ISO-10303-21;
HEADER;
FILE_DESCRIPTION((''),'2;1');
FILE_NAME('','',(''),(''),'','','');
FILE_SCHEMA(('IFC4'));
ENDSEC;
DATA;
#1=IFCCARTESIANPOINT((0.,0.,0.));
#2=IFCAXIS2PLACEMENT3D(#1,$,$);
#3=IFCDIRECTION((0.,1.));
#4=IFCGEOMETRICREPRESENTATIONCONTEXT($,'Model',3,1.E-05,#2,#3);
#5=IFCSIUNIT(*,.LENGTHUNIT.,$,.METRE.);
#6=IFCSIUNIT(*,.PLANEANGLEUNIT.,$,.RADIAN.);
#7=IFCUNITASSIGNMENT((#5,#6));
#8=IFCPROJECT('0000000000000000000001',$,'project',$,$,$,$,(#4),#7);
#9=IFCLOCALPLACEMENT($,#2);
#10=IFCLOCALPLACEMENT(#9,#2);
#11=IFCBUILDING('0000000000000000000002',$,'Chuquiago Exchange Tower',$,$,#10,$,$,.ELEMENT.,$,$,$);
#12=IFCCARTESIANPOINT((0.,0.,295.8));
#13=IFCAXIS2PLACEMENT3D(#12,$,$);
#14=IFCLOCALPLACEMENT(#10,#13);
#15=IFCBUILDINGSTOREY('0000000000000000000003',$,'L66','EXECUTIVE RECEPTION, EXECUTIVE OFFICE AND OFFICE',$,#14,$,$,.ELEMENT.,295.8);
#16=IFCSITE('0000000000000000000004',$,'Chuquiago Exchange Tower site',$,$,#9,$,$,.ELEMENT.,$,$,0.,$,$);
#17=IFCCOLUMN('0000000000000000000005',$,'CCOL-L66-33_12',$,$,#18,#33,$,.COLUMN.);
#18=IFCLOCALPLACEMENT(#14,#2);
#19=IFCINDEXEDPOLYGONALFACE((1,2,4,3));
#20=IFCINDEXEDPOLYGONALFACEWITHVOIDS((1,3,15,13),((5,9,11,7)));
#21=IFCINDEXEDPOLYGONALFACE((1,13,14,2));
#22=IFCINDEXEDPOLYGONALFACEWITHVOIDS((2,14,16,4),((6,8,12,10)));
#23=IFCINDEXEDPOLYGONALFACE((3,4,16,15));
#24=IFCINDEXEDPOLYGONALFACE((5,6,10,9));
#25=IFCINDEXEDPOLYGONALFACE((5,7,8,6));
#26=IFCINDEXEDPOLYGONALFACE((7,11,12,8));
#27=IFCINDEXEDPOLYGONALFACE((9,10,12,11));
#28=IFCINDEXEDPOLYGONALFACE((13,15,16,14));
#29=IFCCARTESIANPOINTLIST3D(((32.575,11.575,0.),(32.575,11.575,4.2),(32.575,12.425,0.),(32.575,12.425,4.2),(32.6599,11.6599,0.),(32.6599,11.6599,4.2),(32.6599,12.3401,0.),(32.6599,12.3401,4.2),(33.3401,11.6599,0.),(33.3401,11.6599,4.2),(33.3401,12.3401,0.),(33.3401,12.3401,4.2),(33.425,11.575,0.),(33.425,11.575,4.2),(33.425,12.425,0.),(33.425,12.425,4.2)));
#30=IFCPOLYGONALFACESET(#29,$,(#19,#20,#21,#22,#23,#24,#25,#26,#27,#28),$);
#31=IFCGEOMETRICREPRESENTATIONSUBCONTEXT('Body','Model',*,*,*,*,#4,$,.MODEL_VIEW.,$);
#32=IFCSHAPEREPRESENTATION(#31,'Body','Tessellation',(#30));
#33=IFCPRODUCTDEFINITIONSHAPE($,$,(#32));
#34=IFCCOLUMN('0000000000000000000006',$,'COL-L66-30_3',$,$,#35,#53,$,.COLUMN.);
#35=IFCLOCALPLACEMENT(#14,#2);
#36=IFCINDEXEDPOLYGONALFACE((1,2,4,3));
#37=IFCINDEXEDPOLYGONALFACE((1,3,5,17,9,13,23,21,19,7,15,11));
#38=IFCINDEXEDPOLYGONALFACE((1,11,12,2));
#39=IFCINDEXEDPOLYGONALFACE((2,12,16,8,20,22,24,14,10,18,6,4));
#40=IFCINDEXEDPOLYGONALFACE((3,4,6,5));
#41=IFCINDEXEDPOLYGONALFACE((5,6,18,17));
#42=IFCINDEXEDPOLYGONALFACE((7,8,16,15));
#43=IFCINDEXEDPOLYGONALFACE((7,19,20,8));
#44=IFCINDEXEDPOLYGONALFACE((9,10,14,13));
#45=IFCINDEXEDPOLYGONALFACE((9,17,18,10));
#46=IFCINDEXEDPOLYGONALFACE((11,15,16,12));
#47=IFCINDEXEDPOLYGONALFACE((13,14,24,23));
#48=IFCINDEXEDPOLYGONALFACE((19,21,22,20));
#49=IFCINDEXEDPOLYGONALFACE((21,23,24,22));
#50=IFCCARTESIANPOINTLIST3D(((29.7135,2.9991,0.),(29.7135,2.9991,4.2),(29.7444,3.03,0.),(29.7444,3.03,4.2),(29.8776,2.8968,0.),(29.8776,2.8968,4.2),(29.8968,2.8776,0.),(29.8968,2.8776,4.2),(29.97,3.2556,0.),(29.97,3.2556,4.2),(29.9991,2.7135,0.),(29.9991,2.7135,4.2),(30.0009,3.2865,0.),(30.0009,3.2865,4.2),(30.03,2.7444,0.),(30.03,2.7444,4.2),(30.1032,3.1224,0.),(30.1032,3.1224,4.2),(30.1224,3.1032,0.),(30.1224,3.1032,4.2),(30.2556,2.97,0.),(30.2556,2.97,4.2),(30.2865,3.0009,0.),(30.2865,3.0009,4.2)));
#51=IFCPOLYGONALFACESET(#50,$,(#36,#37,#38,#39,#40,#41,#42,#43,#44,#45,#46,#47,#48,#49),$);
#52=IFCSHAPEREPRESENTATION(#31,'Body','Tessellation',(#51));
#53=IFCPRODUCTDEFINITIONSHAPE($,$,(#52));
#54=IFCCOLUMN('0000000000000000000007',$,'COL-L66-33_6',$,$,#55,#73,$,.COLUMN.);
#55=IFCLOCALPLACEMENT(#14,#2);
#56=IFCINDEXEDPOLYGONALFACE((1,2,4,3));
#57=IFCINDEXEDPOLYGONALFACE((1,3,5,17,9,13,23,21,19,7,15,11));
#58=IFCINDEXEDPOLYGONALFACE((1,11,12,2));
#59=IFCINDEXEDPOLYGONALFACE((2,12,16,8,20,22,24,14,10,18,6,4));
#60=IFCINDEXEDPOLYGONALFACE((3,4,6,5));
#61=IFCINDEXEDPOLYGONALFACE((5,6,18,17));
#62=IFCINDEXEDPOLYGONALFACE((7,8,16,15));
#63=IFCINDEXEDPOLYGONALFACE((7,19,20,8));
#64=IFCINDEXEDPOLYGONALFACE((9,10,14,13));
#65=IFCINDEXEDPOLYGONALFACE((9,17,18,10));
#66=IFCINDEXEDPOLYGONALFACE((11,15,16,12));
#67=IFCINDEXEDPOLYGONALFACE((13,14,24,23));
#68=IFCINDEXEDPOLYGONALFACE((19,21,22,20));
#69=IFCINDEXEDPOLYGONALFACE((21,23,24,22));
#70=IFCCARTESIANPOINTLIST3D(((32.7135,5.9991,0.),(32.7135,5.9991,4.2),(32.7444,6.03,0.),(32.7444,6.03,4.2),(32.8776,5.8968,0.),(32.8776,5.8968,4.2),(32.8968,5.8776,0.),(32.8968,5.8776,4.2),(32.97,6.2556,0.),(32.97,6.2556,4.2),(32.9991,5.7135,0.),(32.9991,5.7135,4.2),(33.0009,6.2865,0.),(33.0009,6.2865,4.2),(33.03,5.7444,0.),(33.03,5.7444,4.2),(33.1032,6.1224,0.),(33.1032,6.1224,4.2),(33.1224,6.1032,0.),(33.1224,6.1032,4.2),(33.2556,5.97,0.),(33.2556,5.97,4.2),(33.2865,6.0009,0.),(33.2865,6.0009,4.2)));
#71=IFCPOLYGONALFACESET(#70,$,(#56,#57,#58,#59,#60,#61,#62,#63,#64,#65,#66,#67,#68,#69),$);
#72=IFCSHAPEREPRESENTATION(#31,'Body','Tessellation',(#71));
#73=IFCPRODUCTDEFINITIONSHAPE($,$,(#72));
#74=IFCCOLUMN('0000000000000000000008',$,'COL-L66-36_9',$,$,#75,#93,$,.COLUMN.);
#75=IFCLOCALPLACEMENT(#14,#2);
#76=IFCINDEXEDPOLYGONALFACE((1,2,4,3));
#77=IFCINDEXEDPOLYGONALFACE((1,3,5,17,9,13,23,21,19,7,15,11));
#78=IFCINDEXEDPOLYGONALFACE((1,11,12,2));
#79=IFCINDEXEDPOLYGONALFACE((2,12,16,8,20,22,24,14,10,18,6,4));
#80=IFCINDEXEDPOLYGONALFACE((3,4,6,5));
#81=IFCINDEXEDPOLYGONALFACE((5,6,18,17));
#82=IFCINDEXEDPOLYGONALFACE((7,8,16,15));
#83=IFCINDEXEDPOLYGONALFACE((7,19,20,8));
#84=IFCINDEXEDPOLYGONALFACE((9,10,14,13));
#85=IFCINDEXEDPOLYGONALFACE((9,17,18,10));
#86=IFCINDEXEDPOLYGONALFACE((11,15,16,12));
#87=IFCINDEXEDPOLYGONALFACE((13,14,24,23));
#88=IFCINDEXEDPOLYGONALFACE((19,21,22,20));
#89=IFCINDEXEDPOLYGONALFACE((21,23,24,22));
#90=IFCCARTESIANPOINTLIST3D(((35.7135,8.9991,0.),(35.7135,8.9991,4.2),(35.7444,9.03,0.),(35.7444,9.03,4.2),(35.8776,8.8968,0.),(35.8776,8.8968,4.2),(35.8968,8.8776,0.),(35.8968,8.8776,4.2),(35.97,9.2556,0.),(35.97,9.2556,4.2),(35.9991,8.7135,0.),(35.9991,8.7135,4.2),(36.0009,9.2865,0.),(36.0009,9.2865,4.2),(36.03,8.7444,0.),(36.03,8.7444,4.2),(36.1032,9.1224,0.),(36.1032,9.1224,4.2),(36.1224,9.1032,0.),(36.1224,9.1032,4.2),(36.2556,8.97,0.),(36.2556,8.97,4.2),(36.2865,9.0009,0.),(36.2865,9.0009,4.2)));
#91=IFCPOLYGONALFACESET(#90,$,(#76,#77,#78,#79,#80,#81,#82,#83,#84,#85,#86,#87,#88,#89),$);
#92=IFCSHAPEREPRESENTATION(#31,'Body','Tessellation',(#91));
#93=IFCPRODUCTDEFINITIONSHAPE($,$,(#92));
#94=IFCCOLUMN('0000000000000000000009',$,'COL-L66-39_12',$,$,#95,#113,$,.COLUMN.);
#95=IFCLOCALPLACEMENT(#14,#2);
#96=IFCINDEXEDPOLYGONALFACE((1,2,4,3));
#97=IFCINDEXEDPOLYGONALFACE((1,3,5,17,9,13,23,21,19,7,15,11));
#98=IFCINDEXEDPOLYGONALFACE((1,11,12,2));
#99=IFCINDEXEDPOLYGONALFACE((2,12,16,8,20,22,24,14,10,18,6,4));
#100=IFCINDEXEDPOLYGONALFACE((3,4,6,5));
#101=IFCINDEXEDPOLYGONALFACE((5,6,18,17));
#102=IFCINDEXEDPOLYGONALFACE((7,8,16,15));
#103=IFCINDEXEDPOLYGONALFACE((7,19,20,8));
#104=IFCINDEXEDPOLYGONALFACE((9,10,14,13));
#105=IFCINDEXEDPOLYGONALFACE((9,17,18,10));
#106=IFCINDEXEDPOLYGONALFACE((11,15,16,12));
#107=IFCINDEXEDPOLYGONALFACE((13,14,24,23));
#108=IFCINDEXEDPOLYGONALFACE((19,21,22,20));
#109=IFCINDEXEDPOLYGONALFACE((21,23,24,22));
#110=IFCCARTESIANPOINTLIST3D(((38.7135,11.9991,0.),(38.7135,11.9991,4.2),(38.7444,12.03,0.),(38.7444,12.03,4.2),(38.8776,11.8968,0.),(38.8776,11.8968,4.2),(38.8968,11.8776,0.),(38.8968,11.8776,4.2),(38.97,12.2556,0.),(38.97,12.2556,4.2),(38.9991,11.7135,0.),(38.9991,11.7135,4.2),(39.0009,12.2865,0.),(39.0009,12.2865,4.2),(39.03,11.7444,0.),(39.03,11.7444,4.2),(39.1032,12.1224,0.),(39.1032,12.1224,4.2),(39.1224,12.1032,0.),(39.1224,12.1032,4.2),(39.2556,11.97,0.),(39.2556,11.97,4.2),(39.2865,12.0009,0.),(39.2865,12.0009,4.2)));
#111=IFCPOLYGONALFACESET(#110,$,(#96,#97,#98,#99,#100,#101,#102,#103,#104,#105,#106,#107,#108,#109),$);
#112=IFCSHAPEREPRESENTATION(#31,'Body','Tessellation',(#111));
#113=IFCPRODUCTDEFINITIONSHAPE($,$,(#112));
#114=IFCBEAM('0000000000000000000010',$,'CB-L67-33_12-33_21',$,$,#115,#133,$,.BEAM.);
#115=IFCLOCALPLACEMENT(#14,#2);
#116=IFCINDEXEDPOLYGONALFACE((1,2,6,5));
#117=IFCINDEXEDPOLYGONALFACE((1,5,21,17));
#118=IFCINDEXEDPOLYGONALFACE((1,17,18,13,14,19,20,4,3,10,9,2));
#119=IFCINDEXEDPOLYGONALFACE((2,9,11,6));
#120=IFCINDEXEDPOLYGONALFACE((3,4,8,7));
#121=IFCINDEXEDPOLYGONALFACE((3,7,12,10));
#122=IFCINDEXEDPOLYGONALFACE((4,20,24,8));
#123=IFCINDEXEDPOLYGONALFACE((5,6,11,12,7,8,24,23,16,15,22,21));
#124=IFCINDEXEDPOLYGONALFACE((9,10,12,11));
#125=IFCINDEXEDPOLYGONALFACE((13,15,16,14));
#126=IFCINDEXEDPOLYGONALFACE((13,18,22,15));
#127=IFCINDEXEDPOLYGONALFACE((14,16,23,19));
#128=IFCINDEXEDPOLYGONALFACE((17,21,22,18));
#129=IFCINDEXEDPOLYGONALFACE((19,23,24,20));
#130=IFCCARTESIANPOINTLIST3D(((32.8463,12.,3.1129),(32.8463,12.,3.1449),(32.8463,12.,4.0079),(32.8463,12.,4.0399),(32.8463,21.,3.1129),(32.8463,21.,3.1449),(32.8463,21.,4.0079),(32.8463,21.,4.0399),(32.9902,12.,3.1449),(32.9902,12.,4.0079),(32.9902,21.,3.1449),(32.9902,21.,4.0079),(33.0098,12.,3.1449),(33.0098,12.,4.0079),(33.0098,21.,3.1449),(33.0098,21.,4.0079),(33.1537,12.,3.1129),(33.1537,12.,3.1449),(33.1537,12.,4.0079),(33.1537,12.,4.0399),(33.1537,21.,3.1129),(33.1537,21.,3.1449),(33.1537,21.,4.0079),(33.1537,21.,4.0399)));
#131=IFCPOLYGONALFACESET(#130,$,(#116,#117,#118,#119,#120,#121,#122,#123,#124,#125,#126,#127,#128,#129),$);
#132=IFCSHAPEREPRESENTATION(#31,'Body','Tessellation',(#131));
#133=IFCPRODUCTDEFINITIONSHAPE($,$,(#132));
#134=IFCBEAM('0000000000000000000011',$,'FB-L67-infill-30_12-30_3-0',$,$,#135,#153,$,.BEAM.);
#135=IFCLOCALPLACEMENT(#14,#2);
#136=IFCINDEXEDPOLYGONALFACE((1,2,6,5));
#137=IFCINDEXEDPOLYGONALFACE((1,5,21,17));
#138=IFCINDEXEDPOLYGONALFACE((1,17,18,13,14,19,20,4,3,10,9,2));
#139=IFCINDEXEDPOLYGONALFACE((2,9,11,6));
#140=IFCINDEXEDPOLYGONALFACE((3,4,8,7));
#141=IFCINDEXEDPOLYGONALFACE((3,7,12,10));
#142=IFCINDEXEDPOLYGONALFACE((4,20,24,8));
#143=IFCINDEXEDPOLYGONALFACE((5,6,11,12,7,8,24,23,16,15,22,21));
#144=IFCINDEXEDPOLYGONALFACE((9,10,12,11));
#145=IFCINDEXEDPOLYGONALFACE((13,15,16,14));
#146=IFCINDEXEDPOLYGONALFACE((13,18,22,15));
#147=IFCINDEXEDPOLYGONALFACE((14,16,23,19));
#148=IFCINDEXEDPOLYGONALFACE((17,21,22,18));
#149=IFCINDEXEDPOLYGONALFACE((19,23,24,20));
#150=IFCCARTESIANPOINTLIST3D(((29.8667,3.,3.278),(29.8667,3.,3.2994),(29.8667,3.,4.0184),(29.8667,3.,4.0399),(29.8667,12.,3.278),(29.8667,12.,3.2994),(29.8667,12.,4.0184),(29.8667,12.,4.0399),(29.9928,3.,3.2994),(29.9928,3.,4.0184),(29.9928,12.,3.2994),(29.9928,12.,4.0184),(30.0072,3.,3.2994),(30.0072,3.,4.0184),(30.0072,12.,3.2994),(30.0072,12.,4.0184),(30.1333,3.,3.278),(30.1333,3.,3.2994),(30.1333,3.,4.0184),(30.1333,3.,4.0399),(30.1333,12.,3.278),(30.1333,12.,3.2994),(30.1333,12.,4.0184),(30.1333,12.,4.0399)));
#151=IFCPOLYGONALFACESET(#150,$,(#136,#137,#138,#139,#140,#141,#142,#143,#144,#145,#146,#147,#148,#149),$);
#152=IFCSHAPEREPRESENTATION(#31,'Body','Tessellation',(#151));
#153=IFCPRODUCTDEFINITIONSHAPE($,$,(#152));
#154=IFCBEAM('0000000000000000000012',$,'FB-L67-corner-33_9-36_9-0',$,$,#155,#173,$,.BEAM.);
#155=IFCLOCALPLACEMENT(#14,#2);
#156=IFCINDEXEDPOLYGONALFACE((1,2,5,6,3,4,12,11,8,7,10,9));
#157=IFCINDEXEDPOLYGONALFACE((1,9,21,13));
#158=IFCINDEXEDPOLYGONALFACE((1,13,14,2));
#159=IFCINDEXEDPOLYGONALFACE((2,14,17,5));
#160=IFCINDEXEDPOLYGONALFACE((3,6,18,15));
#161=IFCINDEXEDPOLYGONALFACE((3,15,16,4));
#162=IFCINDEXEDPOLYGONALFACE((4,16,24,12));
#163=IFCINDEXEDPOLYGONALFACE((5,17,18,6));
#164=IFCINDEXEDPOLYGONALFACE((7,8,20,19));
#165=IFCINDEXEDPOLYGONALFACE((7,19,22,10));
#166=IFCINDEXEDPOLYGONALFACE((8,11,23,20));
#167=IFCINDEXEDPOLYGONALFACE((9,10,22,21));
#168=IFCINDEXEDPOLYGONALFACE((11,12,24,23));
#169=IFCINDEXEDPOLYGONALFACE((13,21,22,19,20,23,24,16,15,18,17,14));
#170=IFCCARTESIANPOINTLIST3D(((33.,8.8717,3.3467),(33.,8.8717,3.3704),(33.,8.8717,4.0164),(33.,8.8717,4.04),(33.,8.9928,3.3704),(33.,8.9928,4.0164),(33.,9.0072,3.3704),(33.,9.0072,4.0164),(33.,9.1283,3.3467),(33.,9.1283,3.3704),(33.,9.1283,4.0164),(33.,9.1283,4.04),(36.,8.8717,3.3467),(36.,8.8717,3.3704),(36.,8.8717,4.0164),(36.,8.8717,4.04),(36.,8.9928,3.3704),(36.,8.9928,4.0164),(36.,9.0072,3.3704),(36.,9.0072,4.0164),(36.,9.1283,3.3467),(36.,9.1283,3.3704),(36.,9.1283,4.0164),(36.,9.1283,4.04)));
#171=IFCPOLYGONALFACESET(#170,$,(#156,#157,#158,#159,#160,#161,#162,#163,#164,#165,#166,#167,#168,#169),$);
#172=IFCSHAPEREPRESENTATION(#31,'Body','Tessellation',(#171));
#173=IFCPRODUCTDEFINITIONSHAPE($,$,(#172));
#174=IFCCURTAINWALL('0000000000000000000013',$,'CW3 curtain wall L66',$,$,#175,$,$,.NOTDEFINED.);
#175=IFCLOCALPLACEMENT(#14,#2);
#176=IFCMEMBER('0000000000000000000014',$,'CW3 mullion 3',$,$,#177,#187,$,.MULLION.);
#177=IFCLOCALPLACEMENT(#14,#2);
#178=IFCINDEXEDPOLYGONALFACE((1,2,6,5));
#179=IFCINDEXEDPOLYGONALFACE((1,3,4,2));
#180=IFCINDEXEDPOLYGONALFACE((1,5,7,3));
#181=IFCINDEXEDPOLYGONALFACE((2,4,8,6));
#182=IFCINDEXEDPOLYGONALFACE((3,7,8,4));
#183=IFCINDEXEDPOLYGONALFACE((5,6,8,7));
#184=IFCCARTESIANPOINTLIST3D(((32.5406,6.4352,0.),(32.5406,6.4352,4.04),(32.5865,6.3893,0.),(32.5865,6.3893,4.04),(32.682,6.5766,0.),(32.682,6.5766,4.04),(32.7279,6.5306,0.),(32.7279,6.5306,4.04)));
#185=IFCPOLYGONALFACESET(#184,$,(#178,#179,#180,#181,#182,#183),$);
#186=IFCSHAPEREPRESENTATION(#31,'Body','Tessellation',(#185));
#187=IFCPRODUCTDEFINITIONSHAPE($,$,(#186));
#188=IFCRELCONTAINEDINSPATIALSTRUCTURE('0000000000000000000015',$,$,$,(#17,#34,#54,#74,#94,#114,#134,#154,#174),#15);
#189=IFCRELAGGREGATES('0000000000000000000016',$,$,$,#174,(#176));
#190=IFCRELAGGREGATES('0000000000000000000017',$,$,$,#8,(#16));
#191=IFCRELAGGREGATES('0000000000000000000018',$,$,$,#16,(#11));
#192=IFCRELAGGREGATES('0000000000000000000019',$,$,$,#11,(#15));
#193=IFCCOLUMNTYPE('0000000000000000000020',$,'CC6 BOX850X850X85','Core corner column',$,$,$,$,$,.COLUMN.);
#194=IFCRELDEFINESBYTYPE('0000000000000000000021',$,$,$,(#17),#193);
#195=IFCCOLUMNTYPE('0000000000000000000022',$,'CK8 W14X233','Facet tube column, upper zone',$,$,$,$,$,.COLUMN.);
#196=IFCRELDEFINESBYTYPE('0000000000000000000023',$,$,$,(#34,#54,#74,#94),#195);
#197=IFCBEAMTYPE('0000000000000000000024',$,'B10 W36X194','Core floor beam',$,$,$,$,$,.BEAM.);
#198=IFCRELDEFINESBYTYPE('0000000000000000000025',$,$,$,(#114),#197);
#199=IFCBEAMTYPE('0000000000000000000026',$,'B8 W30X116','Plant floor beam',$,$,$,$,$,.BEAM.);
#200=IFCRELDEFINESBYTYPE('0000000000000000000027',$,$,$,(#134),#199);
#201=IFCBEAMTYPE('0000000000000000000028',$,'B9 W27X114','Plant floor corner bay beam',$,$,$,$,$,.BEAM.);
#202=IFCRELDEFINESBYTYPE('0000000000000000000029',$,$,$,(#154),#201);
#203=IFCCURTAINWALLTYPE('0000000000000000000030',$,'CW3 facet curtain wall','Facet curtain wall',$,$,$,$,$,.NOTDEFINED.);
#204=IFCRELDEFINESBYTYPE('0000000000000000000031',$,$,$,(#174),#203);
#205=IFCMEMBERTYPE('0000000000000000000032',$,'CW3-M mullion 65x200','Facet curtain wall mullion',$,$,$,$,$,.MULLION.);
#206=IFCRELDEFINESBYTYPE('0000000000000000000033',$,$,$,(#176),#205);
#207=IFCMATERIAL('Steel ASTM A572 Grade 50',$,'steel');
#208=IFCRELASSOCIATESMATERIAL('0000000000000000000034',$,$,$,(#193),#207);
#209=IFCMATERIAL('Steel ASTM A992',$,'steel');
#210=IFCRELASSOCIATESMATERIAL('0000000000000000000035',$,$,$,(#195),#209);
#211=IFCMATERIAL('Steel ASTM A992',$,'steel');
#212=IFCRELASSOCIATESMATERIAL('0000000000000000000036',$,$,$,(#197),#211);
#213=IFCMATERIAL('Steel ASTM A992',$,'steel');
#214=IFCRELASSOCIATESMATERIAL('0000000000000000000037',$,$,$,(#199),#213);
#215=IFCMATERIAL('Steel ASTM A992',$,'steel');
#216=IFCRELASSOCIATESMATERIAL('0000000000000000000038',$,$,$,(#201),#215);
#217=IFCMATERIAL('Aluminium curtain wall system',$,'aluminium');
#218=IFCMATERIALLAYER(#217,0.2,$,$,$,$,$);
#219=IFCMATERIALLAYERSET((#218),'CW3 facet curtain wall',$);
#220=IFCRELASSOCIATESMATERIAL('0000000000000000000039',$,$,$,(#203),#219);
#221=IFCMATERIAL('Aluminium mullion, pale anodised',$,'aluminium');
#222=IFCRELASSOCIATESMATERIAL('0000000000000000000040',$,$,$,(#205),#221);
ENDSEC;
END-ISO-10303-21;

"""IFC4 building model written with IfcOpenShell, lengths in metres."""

from ifc_helpers import new_model, si_unit, direction, frame, origin, origin_2d, place, context, subcontext, project, spatial, rectangle, hollow_rectangle, i_section, extrude, material, layer, layer_set, material_profile, profile_set, type_object, element, aggregate, save


model = new_model("IFC4")

# Units and contexts
model_context = context("Model", 3, precision=1e-05, world=origin(), true_north=direction((0.0, 1.0)))
body_context = subcontext(model_context, "Body", "Model", "MODEL_VIEW")
ifc_project = project(units=[si_unit("LENGTHUNIT", "METRE"), si_unit("PLANEANGLEUNIT", "RADIAN")], contexts=[model_context])

# Site, building, storey
site_placement = place(None, origin())
site = spatial("IfcSite", under=ifc_project, at=site_placement, Name="Chuquiago Exchange Tower site", CompositionType="ELEMENT", RefElevation=0.0)
building_placement = place(site_placement, origin())
building = spatial("IfcBuilding", under=site, at=building_placement, Name="Chuquiago Exchange Tower", CompositionType="ELEMENT")
storey_placement = place(building_placement, frame((0.0, 0.0, 295.8)))
storey = spatial("IfcBuildingStorey", under=building, at=storey_placement, Name="L66", Description="EXECUTIVE RECEPTION, EXECUTIVE OFFICE AND OFFICE", CompositionType="ELEMENT", Elevation=295.8)

# Columns
ifc_material_1 = material(Name="Steel ASTM A572 Grade 50", Category="steel")
ifc_material_profile_1 = material_profile(ifc_material_1, hollow_rectangle(XDim=0.8501, YDim=0.8501, WallThickness=0.085, at=origin_2d()), Name="BOX850X850X85")
ifc_profile_set_1 = profile_set([ifc_material_profile_1], Name="Steel ASTM A572 Grade 50")
column_type_1 = type_object("IfcColumnType", Name="CC6 BOX850X850X85", Description="Core corner column", PredefinedType="COLUMN", material=ifc_profile_set_1)
column_placement = place(storey_placement, frame((33.0, 12.0, 0.0), z_axis=(0.0, 0.0, 1.0), x_axis=(1.0, 0.0, 0.0)))
element("IfcColumn", 1, at=column_placement, inside=storey, type_object=column_type_1, Name="CCOL-L66-33_12", PredefinedType="COLUMN", context=body_context, shape_type="SweptSolid", body=[
    extrude(hollow_rectangle(XDim=0.8501, YDim=0.8501, WallThickness=0.085, at=origin_2d()), origin(), (0.0, 0.0, 1.0), 4.2),
])
ifc_material_2 = material(Name="Steel ASTM A992", Category="steel")
ifc_material_profile_2 = material_profile(ifc_material_2, i_section(OverallWidth=0.4038, OverallDepth=0.4065, WebThickness=0.0271, FlangeThickness=0.0437, at=origin_2d()), Name="W14X233")
ifc_profile_set_2 = profile_set([ifc_material_profile_2], Name="Steel ASTM A992")
column_type_2 = type_object("IfcColumnType", Name="CK8 W14X233", Description="Facet tube column, upper zone", PredefinedType="COLUMN", material=ifc_profile_set_2)
for number, where, z_axis, x_axis, name in (
    (2, (30.0, 3.0, 0.0), (0.0, 0.0, 1.0), (0.707107, -0.707107, 0.0), "COL-L66-30_3"),
    (3, (33.0, 6.0, 0.0), (0.0, 0.0, 1.0), (0.707107, -0.707107, 0.0), "COL-L66-33_6"),
    (4, (36.0, 9.0, 0.0), (0.0, 0.0, 1.0), (0.707107, -0.707107, 0.0), "COL-L66-36_9"),
    (5, (39.0, 12.0, 0.0), (0.0, 0.0, 1.0), (0.707107, -0.707107, 0.0), "COL-L66-39_12"),
):
    element("IfcColumn", number, at=place(storey_placement, frame(where, z_axis=z_axis, x_axis=x_axis)), inside=storey, type_object=column_type_2, Name=name, PredefinedType="COLUMN", context=body_context, shape_type="SweptSolid", body=[
        extrude(i_section(OverallWidth=0.4038, OverallDepth=0.4065, WebThickness=0.0271, FlangeThickness=0.0437, at=origin_2d()), origin(), (0.0, 0.0, 1.0), 4.2),
    ])

# Beams
ifc_material_3 = material(Name="Steel ASTM A992", Category="steel")
ifc_material_profile_3 = material_profile(ifc_material_3, i_section(OverallWidth=0.3074, OverallDepth=0.927, WebThickness=0.0195, FlangeThickness=0.032, at=origin_2d()), Name="W36X194")
ifc_profile_set_3 = profile_set([ifc_material_profile_3], Name="Steel ASTM A992")
beam_type_1 = type_object("IfcBeamType", Name="B10 W36X194", Description="Core floor beam", PredefinedType="BEAM", material=ifc_profile_set_3)
beam_1_placement = place(storey_placement, frame((33.0, 12.0, 3.5764), z_axis=(0.0, 1.0, 0.0), x_axis=(-1.0, 0.0, 0.0)))
element("IfcBeam", 6, at=beam_1_placement, inside=storey, type_object=beam_type_1, Name="CB-L67-33_12-33_21", PredefinedType="BEAM", context=body_context, shape_type="SweptSolid", body=[
    extrude(i_section(OverallWidth=0.3074, OverallDepth=0.927, WebThickness=0.0195, FlangeThickness=0.032, at=origin_2d()), origin(), (0.0, 0.0, 1.0), 9.0),
])
ifc_material_4 = material(Name="Steel ASTM A992", Category="steel")
ifc_material_profile_4 = material_profile(ifc_material_4, i_section(OverallWidth=0.2666, OverallDepth=0.762, WebThickness=0.0144, FlangeThickness=0.0215, at=origin_2d()), Name="W30X116")
ifc_profile_set_4 = profile_set([ifc_material_profile_4], Name="Steel ASTM A992")
beam_type_2 = type_object("IfcBeamType", Name="B8 W30X116", Description="Plant floor beam", PredefinedType="BEAM", material=ifc_profile_set_4)
beam_2_placement = place(storey_placement, frame((30.0, 12.0, 3.6589), z_axis=(0.0, -1.0, 0.0), x_axis=(1.0, 0.0, 0.0)))
element("IfcBeam", 7, at=beam_2_placement, inside=storey, type_object=beam_type_2, Name="FB-L67-infill-30_12-30_3-0", PredefinedType="BEAM", context=body_context, shape_type="SweptSolid", body=[
    extrude(i_section(OverallWidth=0.2666, OverallDepth=0.762, WebThickness=0.0144, FlangeThickness=0.0215, at=origin_2d()), origin(), (0.0, 0.0, 1.0), 9.0),
])
ifc_material_5 = material(Name="Steel ASTM A992", Category="steel")
ifc_material_profile_5 = material_profile(ifc_material_5, i_section(OverallWidth=0.2566, OverallDepth=0.6934, WebThickness=0.0144, FlangeThickness=0.0237, at=origin_2d()), Name="W27X114")
ifc_profile_set_5 = profile_set([ifc_material_profile_5], Name="Steel ASTM A992")
beam_type_3 = type_object("IfcBeamType", Name="B9 W27X114", Description="Plant floor corner bay beam", PredefinedType="BEAM", material=ifc_profile_set_5)
beam_3_placement = place(storey_placement, frame((33.0, 9.0, 3.6934), z_axis=(1.0, 0.0, 0.0), x_axis=(0.0, 1.0, 0.0)))
element("IfcBeam", 8, at=beam_3_placement, inside=storey, type_object=beam_type_3, Name="FB-L67-corner-33_9-36_9-0", PredefinedType="BEAM", context=body_context, shape_type="SweptSolid", body=[
    extrude(i_section(OverallWidth=0.2566, OverallDepth=0.6934, WebThickness=0.0144, FlangeThickness=0.0237, at=origin_2d()), origin(), (0.0, 0.0, 1.0), 3.0),
])

# Curtain wall, member
ifc_material_6 = material(Name="Aluminium curtain wall system", Category="aluminium")
ifc_layer_1 = layer(ifc_material_6, 0.2)
ifc_layer_set_1 = layer_set([ifc_layer_1], Name="CW3 facet curtain wall")
curtain_wall_type = type_object("IfcCurtainWallType", Name="CW3 facet curtain wall", Description="Facet curtain wall", PredefinedType="NOTDEFINED", material=ifc_layer_set_1)
curtain_wall_placement = place(storey_placement, origin())
curtain_wall = element("IfcCurtainWall", 9, at=curtain_wall_placement, inside=storey, type_object=curtain_wall_type, Name="CW3 curtain wall L66", PredefinedType="NOTDEFINED")
ifc_material_7 = material(Name="Aluminium mullion, pale anodised", Category="aluminium")
ifc_material_profile_6 = material_profile(ifc_material_7, rectangle(XDim=0.0649, YDim=0.2, at=origin_2d()), Name="AL 65x200")
ifc_profile_set_6 = profile_set([ifc_material_profile_6], Name="Aluminium mullion, pale anodised")
member_type_1 = type_object("IfcMemberType", Name="CW3-M mullion 65x200", Description="Facet curtain wall mullion", PredefinedType="MULLION", material=ifc_profile_set_6)
member_1_placement = place(storey_placement, frame((32.6343, 6.4829, 0.0), z_axis=(0.0, 0.0, 1.0), x_axis=(-0.707107, 0.707107, 0.0)))
member_1 = element("IfcMember", 10, at=member_1_placement, type_object=member_type_1, Name="CW3 mullion 3", PredefinedType="MULLION", context=body_context, shape_type="SweptSolid", body=[
    extrude(rectangle(XDim=0.0649, YDim=0.2, at=origin_2d()), origin(), (0.0, 0.0, 1.0), 4.04),
])

aggregate(curtain_wall, [member_1])

save(model, "model.ifc")
